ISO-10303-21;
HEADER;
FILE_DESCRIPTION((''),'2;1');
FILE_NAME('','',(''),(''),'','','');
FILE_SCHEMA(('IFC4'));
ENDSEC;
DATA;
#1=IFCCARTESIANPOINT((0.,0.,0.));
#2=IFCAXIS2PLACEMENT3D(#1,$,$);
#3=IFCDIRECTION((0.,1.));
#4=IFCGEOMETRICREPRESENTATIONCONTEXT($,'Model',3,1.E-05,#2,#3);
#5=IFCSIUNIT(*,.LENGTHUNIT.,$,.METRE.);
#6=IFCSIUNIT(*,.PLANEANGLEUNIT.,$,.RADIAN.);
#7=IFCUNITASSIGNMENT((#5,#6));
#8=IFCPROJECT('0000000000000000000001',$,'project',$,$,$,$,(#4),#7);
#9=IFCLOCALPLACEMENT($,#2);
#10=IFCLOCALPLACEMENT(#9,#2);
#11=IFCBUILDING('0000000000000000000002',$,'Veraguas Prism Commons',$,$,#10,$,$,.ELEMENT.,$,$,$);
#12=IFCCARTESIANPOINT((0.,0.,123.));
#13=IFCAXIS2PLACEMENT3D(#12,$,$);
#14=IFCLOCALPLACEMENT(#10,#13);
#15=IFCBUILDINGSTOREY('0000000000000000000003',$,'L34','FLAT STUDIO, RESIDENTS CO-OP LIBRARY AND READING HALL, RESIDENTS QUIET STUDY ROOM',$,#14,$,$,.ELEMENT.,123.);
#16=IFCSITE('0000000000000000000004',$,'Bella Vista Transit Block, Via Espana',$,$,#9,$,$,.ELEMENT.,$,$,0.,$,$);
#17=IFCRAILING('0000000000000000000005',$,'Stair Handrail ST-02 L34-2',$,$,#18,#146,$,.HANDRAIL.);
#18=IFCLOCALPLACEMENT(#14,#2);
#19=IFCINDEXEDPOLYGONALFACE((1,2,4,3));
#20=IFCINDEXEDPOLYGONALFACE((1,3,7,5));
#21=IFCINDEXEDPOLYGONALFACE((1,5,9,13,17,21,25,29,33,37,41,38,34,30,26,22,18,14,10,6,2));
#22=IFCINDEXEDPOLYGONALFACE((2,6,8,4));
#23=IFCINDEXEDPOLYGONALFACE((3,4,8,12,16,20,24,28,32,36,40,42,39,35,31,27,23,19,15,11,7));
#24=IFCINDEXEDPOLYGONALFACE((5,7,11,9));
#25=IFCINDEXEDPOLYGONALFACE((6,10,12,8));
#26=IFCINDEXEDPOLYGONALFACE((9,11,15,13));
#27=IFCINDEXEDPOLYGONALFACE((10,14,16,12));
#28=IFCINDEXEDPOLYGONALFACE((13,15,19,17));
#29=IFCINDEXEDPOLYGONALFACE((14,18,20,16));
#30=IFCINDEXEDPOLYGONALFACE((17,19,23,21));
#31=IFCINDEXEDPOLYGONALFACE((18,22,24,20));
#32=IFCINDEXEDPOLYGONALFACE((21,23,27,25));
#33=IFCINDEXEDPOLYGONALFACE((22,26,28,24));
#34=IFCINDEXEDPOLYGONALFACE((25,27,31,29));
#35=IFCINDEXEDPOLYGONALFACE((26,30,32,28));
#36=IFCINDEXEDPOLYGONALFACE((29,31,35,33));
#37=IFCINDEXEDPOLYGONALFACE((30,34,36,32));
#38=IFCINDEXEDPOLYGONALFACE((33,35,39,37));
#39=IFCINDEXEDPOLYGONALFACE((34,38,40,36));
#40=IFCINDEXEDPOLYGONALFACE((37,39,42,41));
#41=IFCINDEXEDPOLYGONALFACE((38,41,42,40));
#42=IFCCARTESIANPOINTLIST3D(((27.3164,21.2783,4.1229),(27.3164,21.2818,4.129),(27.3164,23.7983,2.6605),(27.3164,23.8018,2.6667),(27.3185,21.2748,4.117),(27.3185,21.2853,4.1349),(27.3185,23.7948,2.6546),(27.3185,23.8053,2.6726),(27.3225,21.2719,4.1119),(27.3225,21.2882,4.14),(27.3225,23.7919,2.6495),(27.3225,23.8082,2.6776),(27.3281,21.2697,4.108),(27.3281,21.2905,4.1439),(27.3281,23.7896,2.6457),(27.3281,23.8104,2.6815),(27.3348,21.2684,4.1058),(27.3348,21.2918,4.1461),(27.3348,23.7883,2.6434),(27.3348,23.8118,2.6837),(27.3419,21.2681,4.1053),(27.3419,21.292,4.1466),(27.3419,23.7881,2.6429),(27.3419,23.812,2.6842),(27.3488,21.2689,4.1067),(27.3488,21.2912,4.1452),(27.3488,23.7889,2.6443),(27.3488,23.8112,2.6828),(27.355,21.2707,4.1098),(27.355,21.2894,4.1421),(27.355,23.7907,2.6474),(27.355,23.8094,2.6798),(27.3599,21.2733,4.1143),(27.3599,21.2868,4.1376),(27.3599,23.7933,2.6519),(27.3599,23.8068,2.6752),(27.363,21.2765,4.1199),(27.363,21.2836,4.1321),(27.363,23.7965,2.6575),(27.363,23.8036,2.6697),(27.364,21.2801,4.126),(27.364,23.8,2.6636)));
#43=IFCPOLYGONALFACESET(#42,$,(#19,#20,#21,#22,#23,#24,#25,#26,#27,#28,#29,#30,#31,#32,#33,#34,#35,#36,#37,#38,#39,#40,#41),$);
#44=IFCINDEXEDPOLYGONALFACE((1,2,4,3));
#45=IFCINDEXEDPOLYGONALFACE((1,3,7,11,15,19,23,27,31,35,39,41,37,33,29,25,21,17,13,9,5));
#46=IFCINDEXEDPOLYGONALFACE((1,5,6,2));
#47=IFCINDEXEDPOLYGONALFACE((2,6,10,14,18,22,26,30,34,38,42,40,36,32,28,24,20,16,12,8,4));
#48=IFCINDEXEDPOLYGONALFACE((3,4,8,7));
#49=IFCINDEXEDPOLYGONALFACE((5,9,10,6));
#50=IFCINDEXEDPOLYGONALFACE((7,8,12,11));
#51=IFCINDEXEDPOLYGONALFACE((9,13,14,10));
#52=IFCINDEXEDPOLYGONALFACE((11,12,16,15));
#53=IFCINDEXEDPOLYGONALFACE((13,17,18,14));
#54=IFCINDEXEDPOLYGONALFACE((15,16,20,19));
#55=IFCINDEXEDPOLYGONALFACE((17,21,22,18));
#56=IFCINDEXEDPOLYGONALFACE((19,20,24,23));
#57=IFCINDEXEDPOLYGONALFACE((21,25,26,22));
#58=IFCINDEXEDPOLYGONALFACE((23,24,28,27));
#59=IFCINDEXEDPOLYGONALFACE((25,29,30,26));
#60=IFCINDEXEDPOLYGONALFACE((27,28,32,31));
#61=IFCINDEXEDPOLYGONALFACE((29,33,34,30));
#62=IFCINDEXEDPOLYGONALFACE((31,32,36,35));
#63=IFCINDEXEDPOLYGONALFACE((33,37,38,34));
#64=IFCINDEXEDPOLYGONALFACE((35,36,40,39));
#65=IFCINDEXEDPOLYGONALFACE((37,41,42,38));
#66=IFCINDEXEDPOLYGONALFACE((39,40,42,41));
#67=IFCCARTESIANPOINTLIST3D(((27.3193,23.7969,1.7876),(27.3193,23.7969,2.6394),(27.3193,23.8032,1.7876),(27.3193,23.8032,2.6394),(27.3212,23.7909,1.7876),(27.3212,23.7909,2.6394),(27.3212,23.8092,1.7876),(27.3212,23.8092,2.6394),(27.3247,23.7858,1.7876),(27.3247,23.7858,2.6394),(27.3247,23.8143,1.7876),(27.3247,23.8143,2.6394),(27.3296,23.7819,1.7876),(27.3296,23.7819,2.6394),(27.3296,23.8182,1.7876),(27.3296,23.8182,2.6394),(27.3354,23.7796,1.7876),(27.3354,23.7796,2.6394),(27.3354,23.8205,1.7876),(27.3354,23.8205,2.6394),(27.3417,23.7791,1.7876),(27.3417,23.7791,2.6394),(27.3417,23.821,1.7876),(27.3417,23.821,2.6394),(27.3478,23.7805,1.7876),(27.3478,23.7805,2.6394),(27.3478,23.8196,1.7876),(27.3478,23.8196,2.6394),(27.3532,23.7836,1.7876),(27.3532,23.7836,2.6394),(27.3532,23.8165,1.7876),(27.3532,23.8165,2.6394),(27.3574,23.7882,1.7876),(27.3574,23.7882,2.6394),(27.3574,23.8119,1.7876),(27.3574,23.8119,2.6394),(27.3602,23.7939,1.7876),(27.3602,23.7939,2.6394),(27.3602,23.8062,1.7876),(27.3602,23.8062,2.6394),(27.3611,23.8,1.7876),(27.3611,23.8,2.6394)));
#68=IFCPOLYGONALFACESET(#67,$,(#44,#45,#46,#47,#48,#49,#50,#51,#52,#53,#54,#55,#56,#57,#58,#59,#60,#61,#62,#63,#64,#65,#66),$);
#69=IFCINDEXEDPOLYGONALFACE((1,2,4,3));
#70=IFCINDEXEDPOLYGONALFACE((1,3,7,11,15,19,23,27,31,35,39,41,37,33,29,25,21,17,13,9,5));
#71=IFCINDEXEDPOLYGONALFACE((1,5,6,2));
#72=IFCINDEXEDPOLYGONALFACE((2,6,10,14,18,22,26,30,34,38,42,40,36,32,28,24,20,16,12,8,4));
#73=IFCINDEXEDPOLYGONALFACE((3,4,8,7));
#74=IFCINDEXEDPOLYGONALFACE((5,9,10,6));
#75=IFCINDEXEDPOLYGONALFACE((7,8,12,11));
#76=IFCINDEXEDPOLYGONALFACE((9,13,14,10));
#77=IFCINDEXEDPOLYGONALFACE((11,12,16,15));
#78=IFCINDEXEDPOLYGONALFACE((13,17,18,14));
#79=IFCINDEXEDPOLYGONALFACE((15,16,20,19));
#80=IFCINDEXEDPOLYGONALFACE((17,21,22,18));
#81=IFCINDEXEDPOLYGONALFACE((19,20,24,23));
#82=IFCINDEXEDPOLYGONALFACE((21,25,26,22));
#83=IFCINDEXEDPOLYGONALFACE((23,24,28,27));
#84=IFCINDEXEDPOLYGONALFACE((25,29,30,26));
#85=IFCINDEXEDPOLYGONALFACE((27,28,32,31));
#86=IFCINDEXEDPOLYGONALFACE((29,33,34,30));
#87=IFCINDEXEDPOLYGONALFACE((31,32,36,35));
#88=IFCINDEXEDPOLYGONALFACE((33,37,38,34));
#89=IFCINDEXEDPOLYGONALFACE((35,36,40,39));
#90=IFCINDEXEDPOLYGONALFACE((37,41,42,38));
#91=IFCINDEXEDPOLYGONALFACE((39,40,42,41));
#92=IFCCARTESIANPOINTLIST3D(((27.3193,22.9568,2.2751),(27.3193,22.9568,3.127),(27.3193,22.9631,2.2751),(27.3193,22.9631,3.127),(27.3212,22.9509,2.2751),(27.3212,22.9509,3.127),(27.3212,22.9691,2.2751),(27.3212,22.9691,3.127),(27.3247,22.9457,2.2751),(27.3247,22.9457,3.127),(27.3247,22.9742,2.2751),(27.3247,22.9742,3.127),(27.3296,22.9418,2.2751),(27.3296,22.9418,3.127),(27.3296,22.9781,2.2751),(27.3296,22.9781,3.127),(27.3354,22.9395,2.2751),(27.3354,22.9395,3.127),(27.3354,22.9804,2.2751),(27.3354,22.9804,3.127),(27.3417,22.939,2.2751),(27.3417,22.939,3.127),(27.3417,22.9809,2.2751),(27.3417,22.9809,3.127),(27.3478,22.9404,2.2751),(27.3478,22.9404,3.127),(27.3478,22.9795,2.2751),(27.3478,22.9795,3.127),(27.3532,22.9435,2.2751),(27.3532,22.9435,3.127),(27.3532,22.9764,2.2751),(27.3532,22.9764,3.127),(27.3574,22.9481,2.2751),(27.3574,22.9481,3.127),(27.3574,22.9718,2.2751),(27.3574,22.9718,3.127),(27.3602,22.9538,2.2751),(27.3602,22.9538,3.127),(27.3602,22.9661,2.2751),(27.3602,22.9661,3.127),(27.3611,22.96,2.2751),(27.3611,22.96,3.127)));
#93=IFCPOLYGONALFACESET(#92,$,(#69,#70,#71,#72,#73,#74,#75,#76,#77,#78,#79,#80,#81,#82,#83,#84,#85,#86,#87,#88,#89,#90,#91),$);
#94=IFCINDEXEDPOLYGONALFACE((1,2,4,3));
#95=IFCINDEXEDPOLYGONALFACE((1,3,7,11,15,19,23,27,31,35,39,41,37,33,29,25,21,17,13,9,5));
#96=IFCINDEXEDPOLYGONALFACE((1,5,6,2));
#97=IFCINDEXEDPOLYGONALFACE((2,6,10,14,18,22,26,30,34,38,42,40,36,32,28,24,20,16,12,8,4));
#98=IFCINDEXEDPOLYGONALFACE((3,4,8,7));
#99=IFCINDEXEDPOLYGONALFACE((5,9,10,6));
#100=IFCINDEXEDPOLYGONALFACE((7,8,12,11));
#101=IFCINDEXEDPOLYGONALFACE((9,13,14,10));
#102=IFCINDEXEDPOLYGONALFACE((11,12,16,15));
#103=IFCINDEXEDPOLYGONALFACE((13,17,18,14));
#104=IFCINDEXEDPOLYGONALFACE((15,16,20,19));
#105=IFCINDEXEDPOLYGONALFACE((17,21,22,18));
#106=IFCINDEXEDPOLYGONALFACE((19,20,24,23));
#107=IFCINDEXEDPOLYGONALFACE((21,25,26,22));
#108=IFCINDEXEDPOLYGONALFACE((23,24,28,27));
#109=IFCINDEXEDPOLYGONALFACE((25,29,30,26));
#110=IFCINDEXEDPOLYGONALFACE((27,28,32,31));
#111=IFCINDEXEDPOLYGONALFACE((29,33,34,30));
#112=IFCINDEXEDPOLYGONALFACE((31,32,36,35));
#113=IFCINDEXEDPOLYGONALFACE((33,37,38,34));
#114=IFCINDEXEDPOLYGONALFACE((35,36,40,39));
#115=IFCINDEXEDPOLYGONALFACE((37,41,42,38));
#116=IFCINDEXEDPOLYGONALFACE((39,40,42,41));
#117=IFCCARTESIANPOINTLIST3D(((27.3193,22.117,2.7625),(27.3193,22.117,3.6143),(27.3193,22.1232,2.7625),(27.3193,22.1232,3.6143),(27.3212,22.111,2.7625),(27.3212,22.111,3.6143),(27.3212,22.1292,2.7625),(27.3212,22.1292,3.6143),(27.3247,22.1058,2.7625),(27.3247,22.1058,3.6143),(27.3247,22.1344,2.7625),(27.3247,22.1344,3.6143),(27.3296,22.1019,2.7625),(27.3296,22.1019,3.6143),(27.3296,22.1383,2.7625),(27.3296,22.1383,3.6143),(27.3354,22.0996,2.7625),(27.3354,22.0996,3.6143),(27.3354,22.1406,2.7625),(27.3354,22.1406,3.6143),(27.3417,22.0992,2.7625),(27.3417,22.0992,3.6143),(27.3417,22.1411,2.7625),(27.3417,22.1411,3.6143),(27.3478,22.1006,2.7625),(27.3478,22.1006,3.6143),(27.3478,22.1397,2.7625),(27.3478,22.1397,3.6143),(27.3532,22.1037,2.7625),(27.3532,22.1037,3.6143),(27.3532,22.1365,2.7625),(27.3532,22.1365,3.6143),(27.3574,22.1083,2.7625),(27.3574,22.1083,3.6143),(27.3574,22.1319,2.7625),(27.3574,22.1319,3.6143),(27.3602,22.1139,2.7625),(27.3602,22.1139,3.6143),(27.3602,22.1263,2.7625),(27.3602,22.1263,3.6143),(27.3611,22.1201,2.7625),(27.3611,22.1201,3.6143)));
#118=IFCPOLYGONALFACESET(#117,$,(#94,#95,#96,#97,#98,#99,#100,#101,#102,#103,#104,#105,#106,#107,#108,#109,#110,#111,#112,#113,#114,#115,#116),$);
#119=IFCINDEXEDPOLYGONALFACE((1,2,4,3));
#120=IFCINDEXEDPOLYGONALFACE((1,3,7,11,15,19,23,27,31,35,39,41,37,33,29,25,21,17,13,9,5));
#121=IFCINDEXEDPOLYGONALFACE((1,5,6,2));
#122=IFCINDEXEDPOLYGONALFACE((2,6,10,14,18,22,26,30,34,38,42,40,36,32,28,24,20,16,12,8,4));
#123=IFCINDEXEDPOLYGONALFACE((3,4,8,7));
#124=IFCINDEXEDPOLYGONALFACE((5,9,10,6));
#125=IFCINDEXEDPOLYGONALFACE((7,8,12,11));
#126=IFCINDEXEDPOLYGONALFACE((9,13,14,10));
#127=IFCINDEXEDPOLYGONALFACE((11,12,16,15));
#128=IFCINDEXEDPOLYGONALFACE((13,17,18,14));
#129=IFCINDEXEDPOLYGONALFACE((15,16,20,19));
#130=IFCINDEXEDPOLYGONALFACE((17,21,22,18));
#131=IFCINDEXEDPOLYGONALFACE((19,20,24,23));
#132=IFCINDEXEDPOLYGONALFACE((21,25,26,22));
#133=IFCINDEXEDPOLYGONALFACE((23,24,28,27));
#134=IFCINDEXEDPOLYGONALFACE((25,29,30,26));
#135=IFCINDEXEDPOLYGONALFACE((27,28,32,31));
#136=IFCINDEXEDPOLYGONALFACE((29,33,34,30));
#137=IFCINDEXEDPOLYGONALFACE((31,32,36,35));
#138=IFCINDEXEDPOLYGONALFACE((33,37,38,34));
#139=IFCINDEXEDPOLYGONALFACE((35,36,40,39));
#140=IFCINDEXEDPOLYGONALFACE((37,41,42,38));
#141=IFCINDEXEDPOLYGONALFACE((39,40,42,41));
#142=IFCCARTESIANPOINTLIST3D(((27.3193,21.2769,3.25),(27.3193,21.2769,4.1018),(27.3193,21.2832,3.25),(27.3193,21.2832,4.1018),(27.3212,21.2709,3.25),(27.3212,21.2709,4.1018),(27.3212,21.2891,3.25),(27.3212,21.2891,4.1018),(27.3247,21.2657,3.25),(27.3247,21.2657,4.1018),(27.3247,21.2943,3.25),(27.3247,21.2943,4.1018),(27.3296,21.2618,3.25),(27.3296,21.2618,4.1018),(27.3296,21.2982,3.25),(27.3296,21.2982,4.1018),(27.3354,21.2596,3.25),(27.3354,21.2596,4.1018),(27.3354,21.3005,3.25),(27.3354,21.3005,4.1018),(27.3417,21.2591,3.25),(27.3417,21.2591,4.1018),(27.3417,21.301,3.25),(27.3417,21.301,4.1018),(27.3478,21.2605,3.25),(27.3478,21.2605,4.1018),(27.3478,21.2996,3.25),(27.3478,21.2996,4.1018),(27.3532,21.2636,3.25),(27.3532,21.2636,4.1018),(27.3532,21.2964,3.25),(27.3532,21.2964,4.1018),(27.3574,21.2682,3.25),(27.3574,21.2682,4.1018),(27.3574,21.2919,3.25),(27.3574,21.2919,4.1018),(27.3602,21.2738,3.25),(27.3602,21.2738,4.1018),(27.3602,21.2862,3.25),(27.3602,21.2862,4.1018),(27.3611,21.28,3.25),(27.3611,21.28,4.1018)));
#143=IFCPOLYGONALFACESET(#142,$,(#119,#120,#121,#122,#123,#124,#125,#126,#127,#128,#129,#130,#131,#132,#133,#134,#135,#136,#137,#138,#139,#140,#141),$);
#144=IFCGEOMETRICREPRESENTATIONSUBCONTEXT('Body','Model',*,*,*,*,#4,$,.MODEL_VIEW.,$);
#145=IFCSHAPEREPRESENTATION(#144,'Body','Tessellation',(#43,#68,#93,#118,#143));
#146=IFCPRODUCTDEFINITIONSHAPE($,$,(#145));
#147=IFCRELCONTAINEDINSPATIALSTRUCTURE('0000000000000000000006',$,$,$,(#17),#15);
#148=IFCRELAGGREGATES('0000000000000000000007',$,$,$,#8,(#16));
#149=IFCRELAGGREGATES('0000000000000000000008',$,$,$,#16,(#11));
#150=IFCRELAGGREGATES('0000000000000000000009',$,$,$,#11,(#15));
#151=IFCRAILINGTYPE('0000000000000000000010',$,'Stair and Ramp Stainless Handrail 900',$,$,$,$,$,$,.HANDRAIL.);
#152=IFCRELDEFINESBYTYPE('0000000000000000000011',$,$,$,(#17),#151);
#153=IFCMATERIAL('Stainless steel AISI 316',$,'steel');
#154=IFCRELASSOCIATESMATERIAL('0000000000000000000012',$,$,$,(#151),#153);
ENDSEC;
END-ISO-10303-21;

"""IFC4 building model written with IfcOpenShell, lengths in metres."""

from ifc_helpers import new_model, si_unit, direction, frame, origin, origin_2d, place, context, subcontext, project, spatial, circle, extrude, material, type_object, element, save


model = new_model("IFC4")

# Units and contexts
model_context = context("Model", 3, precision=1e-05, world=origin(), true_north=direction((0.0, 1.0)))
body_context = subcontext(model_context, "Body", "Model", "MODEL_VIEW")
ifc_project = project(units=[si_unit("LENGTHUNIT", "METRE"), si_unit("PLANEANGLEUNIT", "RADIAN")], contexts=[model_context])

# Site, building, storey
site_placement = place(None, origin())
site = spatial("IfcSite", under=ifc_project, at=site_placement, Name="Bella Vista Transit Block, Via Espana", CompositionType="ELEMENT", RefElevation=0.0)
building_placement = place(site_placement, origin())
building = spatial("IfcBuilding", under=site, at=building_placement, Name="Veraguas Prism Commons", CompositionType="ELEMENT")
storey_placement = place(building_placement, frame((0.0, 0.0, 123.0)))
storey = spatial("IfcBuildingStorey", under=building, at=storey_placement, Name="L34", Description="FLAT STUDIO, RESIDENTS CO-OP LIBRARY AND READING HALL, RESIDENTS QUIET STUDY ROOM", CompositionType="ELEMENT", Elevation=123.0)

# Shared definitions
ifc_material_1 = material(Name="Stainless steel AISI 316", Category="steel")

# Railing
railing_type_1 = type_object("IfcRailingType", Name="Stair and Ramp Stainless Handrail 900", PredefinedType="HANDRAIL", material=ifc_material_1)
railing_1_placement = place(storey_placement, frame((27.3401, 23.8, 1.7876)))
element("IfcRailing", 1, at=railing_1_placement, inside=storey, type_object=railing_type_1, Name="Stair Handrail ST-02 L34-2", PredefinedType="HANDRAIL", context=body_context, shape_type="SweptSolid", body=[
    extrude(circle(Radius=0.0239, at=origin_2d()), frame((0.0, 0.0, 0.876), z_axis=(0.0, -0.864913, 0.501921), x_axis=(1.0, 0.0, 0.0)), (0.0, 0.0, 1.0), 2.9136),
    extrude(circle(Radius=0.021, at=origin_2d()), origin(), (0.0, 0.0, 1.0), 0.8518),
    extrude(circle(Radius=0.021, at=origin_2d()), frame((0.0, -0.8401, 0.4875)), (0.0, 0.0, 1.0), 0.8518),
    extrude(circle(Radius=0.021, at=origin_2d()), frame((0.0, -1.6799, 0.9749)), (0.0, 0.0, 1.0), 0.8518),
    extrude(circle(Radius=0.021, at=origin_2d()), frame((0.0, -2.52, 1.4624)), (0.0, 0.0, 1.0), 0.8518),
])

save(model, "model.ifc")
